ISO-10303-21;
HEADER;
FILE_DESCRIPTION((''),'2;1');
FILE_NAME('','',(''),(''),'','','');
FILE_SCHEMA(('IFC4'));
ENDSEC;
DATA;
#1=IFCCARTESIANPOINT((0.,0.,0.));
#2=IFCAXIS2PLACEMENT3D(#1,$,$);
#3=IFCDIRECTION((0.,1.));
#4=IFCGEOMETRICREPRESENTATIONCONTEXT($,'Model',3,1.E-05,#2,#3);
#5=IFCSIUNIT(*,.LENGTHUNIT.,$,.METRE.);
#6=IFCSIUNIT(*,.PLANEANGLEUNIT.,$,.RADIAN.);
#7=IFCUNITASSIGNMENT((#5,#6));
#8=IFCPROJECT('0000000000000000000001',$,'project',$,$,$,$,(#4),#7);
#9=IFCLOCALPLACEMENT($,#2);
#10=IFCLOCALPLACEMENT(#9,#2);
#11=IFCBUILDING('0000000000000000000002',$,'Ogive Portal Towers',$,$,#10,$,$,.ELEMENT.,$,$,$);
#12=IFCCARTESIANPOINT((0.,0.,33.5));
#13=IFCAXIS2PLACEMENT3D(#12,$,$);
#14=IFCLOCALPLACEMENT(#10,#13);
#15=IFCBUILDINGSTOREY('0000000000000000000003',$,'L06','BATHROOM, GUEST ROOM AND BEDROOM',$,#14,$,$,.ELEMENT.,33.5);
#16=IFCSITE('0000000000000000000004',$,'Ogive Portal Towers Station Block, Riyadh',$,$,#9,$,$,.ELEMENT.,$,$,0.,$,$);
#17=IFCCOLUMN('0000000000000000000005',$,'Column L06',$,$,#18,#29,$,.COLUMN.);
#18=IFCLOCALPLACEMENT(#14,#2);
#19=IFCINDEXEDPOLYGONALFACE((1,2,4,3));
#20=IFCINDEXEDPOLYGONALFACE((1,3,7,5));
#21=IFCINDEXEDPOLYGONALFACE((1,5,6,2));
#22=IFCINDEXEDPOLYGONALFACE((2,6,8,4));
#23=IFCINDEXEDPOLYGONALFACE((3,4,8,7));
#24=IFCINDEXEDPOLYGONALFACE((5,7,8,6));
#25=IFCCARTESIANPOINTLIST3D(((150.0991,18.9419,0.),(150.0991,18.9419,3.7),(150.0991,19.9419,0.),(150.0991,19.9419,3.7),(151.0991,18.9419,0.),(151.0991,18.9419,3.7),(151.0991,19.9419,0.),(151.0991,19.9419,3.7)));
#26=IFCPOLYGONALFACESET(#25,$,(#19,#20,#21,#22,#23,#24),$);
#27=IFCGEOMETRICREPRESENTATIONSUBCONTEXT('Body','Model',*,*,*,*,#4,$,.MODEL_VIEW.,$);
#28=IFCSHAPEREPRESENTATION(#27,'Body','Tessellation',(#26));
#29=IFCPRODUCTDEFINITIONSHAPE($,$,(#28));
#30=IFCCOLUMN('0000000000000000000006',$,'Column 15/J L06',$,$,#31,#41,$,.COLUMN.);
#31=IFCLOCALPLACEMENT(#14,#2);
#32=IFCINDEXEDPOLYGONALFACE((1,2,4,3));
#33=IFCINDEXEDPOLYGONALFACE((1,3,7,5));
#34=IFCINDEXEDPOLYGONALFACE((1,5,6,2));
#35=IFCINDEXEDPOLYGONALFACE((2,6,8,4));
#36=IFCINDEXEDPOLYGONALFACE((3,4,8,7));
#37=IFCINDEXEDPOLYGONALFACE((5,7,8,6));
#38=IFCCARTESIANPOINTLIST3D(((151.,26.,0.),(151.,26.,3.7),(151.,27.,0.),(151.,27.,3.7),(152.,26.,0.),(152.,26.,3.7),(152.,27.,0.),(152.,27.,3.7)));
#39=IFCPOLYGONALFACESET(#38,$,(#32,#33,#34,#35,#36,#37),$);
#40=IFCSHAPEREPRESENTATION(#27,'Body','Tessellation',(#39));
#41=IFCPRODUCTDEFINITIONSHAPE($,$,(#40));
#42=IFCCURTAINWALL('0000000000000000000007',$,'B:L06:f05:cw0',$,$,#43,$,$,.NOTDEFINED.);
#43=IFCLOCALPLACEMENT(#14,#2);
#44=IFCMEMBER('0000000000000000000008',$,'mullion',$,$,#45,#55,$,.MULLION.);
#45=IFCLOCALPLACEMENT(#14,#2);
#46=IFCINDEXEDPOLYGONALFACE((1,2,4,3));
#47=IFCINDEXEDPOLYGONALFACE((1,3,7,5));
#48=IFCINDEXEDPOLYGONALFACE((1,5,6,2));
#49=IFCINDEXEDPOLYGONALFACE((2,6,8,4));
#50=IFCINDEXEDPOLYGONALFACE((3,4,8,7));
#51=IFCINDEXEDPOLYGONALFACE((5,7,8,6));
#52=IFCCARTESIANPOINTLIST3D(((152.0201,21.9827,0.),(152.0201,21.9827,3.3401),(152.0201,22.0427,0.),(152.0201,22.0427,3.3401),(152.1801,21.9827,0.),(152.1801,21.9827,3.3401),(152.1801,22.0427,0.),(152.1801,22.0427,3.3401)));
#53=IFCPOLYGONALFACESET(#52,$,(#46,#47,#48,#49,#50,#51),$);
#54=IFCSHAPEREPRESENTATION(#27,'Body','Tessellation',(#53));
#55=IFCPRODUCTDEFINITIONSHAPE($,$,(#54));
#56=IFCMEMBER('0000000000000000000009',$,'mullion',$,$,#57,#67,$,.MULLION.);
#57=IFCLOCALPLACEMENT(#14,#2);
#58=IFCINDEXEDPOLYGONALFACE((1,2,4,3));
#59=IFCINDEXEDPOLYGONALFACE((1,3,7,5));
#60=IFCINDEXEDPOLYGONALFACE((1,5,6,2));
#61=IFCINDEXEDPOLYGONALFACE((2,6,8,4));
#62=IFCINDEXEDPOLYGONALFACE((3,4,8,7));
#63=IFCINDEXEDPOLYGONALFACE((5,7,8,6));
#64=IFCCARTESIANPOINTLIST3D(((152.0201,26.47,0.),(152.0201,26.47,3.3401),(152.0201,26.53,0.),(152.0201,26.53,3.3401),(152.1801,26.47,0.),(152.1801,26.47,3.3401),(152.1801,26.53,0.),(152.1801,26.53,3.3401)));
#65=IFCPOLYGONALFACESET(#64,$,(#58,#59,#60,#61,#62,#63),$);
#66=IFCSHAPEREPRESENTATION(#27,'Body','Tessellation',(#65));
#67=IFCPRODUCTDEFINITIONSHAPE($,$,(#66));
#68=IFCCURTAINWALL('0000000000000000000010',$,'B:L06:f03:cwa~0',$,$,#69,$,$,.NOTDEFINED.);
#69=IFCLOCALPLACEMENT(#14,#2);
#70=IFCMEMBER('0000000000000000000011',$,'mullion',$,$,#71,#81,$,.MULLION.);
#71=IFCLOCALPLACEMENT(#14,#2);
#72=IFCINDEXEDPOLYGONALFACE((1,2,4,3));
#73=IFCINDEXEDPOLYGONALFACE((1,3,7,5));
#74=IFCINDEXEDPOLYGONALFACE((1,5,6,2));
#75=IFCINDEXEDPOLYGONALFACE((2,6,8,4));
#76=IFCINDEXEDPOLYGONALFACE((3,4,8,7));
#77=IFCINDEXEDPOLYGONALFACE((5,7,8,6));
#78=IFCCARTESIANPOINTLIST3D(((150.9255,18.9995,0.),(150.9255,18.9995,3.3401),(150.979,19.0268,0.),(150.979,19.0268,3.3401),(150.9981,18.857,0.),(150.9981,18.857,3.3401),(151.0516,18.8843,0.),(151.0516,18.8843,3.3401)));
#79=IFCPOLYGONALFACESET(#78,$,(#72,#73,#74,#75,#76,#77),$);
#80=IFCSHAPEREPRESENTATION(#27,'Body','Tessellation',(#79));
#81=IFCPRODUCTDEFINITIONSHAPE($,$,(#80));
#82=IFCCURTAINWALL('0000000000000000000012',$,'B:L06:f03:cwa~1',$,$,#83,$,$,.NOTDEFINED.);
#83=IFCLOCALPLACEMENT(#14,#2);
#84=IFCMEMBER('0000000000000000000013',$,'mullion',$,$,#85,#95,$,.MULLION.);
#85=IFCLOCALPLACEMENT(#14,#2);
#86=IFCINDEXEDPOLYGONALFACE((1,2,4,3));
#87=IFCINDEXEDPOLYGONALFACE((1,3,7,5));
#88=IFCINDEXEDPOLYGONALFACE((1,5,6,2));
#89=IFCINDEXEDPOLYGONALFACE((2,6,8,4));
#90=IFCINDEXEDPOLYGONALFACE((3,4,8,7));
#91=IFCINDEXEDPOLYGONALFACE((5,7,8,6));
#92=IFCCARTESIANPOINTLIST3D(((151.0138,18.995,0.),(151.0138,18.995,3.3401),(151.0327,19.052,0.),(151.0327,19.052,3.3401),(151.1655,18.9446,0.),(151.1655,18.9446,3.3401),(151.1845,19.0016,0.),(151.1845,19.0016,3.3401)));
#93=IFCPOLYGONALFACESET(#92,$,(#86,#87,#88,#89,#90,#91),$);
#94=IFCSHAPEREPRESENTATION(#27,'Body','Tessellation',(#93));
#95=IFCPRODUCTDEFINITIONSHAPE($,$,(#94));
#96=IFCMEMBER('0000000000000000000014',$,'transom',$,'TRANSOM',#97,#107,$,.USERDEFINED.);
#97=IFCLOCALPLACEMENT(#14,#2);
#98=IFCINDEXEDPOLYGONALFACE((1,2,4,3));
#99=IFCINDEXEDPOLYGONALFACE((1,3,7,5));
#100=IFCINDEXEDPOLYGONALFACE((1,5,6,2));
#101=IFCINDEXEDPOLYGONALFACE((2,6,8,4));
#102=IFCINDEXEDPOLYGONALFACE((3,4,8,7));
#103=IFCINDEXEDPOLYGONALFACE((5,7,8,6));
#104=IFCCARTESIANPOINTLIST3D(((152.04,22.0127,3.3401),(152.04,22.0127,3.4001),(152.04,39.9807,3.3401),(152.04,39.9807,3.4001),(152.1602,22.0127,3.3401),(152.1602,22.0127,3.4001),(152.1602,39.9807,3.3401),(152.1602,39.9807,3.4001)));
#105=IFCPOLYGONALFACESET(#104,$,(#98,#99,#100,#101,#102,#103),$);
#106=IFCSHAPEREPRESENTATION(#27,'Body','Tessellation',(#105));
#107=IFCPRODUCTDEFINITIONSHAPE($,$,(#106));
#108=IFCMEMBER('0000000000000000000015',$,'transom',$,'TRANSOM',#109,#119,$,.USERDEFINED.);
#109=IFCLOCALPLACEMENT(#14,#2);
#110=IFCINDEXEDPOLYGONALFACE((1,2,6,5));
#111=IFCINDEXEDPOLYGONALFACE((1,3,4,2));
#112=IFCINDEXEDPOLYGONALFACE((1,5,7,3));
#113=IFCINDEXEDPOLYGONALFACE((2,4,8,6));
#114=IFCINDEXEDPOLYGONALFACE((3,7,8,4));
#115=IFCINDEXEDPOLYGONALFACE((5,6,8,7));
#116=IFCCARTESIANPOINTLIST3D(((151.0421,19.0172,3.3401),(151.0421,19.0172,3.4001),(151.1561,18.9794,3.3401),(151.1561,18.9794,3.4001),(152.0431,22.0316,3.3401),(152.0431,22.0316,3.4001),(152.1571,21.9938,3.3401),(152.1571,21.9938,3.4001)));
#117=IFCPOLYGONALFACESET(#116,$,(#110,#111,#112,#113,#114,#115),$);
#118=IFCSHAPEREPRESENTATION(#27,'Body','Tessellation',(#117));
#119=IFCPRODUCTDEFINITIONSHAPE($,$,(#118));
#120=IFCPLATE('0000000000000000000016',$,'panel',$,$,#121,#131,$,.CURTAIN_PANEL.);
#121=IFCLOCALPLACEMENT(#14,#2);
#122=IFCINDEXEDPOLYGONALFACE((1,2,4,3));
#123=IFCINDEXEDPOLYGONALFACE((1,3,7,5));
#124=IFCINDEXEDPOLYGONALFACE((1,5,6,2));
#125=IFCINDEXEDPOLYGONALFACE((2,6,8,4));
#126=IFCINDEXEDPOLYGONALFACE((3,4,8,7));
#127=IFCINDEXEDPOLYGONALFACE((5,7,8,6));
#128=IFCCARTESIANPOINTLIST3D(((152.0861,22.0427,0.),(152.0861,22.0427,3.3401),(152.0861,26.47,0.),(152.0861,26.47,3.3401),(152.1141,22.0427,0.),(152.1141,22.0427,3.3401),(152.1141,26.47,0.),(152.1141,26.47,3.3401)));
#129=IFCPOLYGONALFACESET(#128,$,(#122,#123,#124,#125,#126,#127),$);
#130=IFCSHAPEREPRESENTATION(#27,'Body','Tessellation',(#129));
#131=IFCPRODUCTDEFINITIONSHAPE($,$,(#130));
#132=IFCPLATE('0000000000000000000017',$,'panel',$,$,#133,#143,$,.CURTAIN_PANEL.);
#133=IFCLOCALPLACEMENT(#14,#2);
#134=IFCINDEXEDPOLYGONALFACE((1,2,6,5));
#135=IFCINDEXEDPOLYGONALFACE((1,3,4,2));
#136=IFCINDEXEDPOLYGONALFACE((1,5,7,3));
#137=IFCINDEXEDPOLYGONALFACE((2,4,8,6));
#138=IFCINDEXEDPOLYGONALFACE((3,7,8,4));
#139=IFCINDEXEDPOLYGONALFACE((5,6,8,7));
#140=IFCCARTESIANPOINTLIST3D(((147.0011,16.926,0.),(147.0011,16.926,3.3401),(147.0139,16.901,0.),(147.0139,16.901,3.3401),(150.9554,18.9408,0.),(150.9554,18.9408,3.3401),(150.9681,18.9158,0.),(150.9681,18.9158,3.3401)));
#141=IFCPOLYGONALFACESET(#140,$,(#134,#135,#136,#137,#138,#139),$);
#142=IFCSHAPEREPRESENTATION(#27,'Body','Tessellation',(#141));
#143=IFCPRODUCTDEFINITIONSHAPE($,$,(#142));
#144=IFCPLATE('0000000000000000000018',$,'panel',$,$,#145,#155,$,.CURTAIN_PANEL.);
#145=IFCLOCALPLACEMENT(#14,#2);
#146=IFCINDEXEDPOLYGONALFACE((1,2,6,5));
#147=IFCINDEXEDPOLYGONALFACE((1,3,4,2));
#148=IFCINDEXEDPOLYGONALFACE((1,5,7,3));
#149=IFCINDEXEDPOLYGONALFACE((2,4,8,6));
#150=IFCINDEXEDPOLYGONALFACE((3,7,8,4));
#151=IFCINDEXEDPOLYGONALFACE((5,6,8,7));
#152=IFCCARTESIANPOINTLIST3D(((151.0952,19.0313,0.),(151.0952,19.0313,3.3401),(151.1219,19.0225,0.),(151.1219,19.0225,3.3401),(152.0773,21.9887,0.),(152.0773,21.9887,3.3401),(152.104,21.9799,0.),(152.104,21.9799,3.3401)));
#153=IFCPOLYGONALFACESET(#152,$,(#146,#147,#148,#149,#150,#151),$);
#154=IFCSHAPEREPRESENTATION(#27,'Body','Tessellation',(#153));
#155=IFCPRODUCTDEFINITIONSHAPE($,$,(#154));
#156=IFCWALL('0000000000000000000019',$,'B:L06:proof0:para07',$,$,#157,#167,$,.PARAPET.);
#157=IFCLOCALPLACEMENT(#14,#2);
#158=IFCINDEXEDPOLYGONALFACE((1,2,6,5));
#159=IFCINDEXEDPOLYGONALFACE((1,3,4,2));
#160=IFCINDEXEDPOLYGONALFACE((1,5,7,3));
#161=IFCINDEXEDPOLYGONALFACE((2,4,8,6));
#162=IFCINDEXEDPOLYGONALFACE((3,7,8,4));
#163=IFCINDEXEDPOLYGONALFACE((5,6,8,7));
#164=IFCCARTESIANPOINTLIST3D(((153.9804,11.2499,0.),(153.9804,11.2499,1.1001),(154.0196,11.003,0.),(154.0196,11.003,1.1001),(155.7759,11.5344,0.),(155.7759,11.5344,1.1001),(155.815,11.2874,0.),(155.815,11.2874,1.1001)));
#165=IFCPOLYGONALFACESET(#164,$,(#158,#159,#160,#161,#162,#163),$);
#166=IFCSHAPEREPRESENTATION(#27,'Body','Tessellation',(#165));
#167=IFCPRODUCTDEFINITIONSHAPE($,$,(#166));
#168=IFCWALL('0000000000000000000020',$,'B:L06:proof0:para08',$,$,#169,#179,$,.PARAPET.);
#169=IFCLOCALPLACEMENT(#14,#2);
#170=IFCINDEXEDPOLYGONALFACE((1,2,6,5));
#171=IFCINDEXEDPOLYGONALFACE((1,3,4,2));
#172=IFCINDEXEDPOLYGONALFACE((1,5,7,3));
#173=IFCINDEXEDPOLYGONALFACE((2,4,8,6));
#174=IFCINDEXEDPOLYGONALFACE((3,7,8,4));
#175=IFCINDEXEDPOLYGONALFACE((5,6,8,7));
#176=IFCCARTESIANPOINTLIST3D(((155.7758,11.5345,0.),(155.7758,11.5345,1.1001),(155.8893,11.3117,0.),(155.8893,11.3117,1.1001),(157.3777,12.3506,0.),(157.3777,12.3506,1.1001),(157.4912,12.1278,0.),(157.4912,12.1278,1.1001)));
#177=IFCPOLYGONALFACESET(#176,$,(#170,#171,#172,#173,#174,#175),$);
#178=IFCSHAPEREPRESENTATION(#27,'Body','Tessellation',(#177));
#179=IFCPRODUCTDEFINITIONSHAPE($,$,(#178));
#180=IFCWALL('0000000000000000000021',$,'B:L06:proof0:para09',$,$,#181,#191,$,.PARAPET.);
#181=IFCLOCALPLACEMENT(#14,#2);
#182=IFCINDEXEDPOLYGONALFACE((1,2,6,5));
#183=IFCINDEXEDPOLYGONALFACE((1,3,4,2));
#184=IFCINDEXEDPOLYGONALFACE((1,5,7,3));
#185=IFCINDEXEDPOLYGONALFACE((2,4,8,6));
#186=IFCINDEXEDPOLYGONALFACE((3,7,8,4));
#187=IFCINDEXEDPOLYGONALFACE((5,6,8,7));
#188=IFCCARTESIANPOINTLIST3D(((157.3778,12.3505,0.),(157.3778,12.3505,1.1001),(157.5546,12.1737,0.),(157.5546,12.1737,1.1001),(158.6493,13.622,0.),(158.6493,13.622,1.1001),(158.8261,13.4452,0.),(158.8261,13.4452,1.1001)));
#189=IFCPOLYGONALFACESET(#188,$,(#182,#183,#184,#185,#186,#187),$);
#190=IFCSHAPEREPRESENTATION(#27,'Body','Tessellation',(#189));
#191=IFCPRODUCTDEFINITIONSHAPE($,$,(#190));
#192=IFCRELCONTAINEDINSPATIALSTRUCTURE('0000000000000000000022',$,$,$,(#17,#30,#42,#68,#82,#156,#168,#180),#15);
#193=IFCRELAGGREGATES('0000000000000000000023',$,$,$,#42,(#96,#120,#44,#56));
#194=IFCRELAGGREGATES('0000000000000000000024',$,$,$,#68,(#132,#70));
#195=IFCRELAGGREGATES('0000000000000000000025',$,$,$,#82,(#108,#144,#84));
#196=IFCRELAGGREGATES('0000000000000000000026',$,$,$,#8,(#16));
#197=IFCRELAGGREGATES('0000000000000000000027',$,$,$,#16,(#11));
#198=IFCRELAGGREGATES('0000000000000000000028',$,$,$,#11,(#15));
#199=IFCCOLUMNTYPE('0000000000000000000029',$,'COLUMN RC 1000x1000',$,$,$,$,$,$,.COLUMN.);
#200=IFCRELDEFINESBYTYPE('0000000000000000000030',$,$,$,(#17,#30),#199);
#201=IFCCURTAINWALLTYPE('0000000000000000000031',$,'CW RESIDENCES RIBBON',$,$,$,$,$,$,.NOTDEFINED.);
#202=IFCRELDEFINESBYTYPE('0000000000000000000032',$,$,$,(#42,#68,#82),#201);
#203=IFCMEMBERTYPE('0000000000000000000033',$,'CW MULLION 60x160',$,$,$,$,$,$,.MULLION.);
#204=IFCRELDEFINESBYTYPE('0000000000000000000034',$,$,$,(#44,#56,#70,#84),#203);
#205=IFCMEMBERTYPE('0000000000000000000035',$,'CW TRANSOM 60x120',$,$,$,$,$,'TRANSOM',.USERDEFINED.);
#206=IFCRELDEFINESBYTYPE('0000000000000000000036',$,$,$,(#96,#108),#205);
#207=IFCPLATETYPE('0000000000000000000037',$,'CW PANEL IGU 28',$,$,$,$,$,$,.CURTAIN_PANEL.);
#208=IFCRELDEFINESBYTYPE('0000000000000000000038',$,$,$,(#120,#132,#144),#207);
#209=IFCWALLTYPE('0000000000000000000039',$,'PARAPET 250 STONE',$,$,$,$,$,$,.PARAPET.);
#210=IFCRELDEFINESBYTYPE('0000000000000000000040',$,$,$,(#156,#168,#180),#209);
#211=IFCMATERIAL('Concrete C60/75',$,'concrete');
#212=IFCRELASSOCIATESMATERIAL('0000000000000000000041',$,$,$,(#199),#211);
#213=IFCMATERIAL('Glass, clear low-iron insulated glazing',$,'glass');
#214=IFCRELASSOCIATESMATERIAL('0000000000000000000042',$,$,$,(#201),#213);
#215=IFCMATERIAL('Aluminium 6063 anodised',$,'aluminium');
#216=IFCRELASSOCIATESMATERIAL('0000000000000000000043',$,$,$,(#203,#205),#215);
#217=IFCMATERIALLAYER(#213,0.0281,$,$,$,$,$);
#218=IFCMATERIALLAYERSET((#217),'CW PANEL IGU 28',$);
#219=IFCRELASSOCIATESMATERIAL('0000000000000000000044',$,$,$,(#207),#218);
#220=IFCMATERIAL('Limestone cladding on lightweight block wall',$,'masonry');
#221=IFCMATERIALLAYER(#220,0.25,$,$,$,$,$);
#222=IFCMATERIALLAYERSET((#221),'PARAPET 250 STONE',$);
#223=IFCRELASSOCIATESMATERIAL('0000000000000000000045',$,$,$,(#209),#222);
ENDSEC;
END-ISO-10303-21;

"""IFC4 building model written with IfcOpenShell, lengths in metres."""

from ifc_helpers import new_model, si_unit, direction, frame, frame_2d, origin, origin_2d, place, context, subcontext, project, spatial, rectangle, extrude, material, layer, layer_set, material_profile, profile_set, type_object, element, aggregate, save


model = new_model("IFC4")

# Units and contexts
model_context = context("Model", 3, precision=1e-05, world=origin(), true_north=direction((0.0, 1.0)))
body_context = subcontext(model_context, "Body", "Model", "MODEL_VIEW")
ifc_project = project(units=[si_unit("LENGTHUNIT", "METRE"), si_unit("PLANEANGLEUNIT", "RADIAN")], contexts=[model_context])

# Site, building, storey
site_placement = place(None, origin())
site = spatial("IfcSite", under=ifc_project, at=site_placement, Name="Ogive Portal Towers Station Block, Riyadh", CompositionType="ELEMENT", RefElevation=0.0)
building_placement = place(site_placement, origin())
building = spatial("IfcBuilding", under=site, at=building_placement, Name="Ogive Portal Towers", CompositionType="ELEMENT")
storey_placement = place(building_placement, frame((0.0, 0.0, 33.5)))
storey = spatial("IfcBuildingStorey", under=building, at=storey_placement, Name="L06", Description="BATHROOM, GUEST ROOM AND BEDROOM", CompositionType="ELEMENT", Elevation=33.5)

# Columns
ifc_material_1 = material(Name="Concrete C60/75", Category="concrete")
ifc_material_profile_1 = material_profile(ifc_material_1, rectangle(XDim=1.0, YDim=1.0, at=origin_2d()), Name="RC 1000x1000")
ifc_profile_set_1 = profile_set([ifc_material_profile_1], Name="Concrete C60/75")
column_type = type_object("IfcColumnType", Name="COLUMN RC 1000x1000", PredefinedType="COLUMN", material=ifc_profile_set_1)
for number, where, z_axis, x_axis, name in (
    (1, (150.5991, 19.4419, 0.0), (0.0, 0.0, 1.0), (1.0, 0.0, 0.0), "Column L06"),
    (2, (151.5, 26.5, 0.0), (0.0, 0.0, 1.0), (1.0, 0.0, 0.0), "Column 15/J L06"),
):
    element("IfcColumn", number, at=place(storey_placement, frame(where, z_axis=z_axis, x_axis=x_axis)), inside=storey, type_object=column_type, Name=name, PredefinedType="COLUMN", context=body_context, shape_type="SweptSolid", body=[
        extrude(rectangle(XDim=1.0, YDim=1.0, at=origin_2d()), origin(), (0.0, 0.0, 1.0), 3.7),
    ])

# Curtain wall, members
ifc_material_2 = material(Name="Glass, clear low-iron insulated glazing", Category="glass")
curtain_wall_type = type_object("IfcCurtainWallType", Name="CW RESIDENCES RIBBON", PredefinedType="NOTDEFINED", material=ifc_material_2)
curtain_wall_1_placement = place(storey_placement, origin())
curtain_wall_1 = element("IfcCurtainWall", 3, at=curtain_wall_1_placement, inside=storey, type_object=curtain_wall_type, Name="B:L06:f05:cw0", PredefinedType="NOTDEFINED")
ifc_material_3 = material(Name="Aluminium 6063 anodised", Category="aluminium")
ifc_material_profile_2 = material_profile(ifc_material_3, rectangle(XDim=0.1599, YDim=0.0601, at=origin_2d()), Name="AL 60x160")
ifc_profile_set_2 = profile_set([ifc_material_profile_2], Name="Aluminium 6063 anodised")
member_type_1 = type_object("IfcMemberType", Name="CW MULLION 60x160", PredefinedType="MULLION", material=ifc_profile_set_2)
member_1_placement = place(storey_placement, frame((152.1001, 22.0127, 0.0), z_axis=(0.0, 0.0, 1.0), x_axis=(-1.0, 0.0, 0.0)))
member_1 = element("IfcMember", 4, at=member_1_placement, type_object=member_type_1, Name="mullion", PredefinedType="MULLION", context=body_context, shape_type="SweptSolid", body=[
    extrude(rectangle(XDim=0.1599, YDim=0.0601, at=origin_2d()), origin(), (0.0, 0.0, 1.0), 3.3401),
])
member_2_placement = place(storey_placement, frame((152.1001, 26.5, 0.0), z_axis=(0.0, 0.0, 1.0), x_axis=(-1.0, 0.0, 0.0)))
member_2 = element("IfcMember", 5, at=member_2_placement, type_object=member_type_1, Name="mullion", PredefinedType="MULLION", context=body_context, shape_type="SweptSolid", body=[
    extrude(rectangle(XDim=0.1599, YDim=0.0601, at=origin_2d()), origin(), (0.0, 0.0, 1.0), 3.3401),
])

# Curtain walls, members
curtain_wall_2_placement = place(storey_placement, origin())
curtain_wall_2 = element("IfcCurtainWall", 6, at=curtain_wall_2_placement, inside=storey, type_object=curtain_wall_type, Name="B:L06:f03:cwa~0", PredefinedType="NOTDEFINED")
member_3_placement = place(storey_placement, frame((150.9885, 18.9419, 0.0), z_axis=(0.0, 0.0, 1.0), x_axis=(-0.45399, 0.891007, 0.0)))
member_3 = element("IfcMember", 7, at=member_3_placement, type_object=member_type_1, Name="mullion", PredefinedType="MULLION", context=body_context, shape_type="SweptSolid", body=[
    extrude(rectangle(XDim=0.1599, YDim=0.0601, at=origin_2d()), origin(), (0.0, 0.0, 1.0), 3.3401),
])
curtain_wall_3_placement = place(storey_placement, origin())
curtain_wall_3 = element("IfcCurtainWall", 8, at=curtain_wall_3_placement, inside=storey, type_object=curtain_wall_type, Name="B:L06:f03:cwa~1", PredefinedType="NOTDEFINED")
member_4_placement = place(storey_placement, frame((151.0991, 18.9983, 0.0), z_axis=(0.0, 0.0, 1.0), x_axis=(-0.94904, 0.315156, 0.0)))
member_4 = element("IfcMember", 9, at=member_4_placement, type_object=member_type_1, Name="mullion", PredefinedType="MULLION", context=body_context, shape_type="SweptSolid", body=[
    extrude(rectangle(XDim=0.1599, YDim=0.0601, at=origin_2d()), origin(), (0.0, 0.0, 1.0), 3.3401),
])

# Members
ifc_material_profile_3 = material_profile(ifc_material_3, rectangle(XDim=0.1201, YDim=0.0601, at=origin_2d()), Name="AL 120x60")
ifc_profile_set_3 = profile_set([ifc_material_profile_3], Name="Aluminium 6063 anodised")
member_type_2 = type_object("IfcMemberType", Name="CW TRANSOM 60x120", ElementType="TRANSOM", PredefinedType="USERDEFINED", material=ifc_profile_set_3)
member_5_placement = place(storey_placement, frame((152.1001, 22.0127, 3.3701), z_axis=(0.0, 1.0, 0.0), x_axis=(-1.0, 0.0, 0.0)))
member_5 = element("IfcMember", 10, at=member_5_placement, type_object=member_type_2, Name="transom", ObjectType="TRANSOM", PredefinedType="USERDEFINED", context=body_context, shape_type="SweptSolid", body=[
    extrude(rectangle(XDim=0.1201, YDim=0.0601, at=origin_2d()), origin(), (0.0, 0.0, 1.0), 17.968),
])
member_6_placement = place(storey_placement, frame((151.0991, 18.9983, 3.3701), z_axis=(0.315144, 0.949044, 0.0), x_axis=(-0.949044, 0.315144, 0.0)))
member_6 = element("IfcMember", 11, at=member_6_placement, type_object=member_type_2, Name="transom", ObjectType="TRANSOM", PredefinedType="USERDEFINED", context=body_context, shape_type="SweptSolid", body=[
    extrude(rectangle(XDim=0.1201, YDim=0.0601, at=origin_2d()), origin(), (0.0, 0.0, 1.0), 3.1763),
])

# Plates
ifc_layer_1 = layer(ifc_material_2, 0.0281)
ifc_layer_set_1 = layer_set([ifc_layer_1], Name="CW PANEL IGU 28")
plate_type = type_object("IfcPlateType", Name="CW PANEL IGU 28", PredefinedType="CURTAIN_PANEL", material=ifc_layer_set_1)
plate_1_placement = place(storey_placement, frame((152.1001, 24.2563, 0.0), z_axis=(0.0, 0.0, 1.0), x_axis=(0.0, 1.0, 0.0)))
plate_1 = element("IfcPlate", 12, at=plate_1_placement, type_object=plate_type, Name="panel", PredefinedType="CURTAIN_PANEL", context=body_context, shape_type="SweptSolid", body=[
    extrude(rectangle(XDim=4.4272, YDim=0.0281, at=origin_2d()), origin(), (0.0, 0.0, 1.0), 3.3401),
])
aggregate(curtain_wall_1, [member_5, plate_1, member_1, member_2])
plate_2_placement = place(storey_placement, frame((148.9846, 17.9209, 0.0), z_axis=(0.0, 0.0, 1.0), x_axis=(0.891007, 0.45399, 0.0)))
plate_2 = element("IfcPlate", 13, at=plate_2_placement, type_object=plate_type, Name="panel", PredefinedType="CURTAIN_PANEL", context=body_context, shape_type="SweptSolid", body=[
    extrude(rectangle(XDim=4.438, YDim=0.0281, at=origin_2d()), origin(), (0.0, 0.0, 1.0), 3.3401),
])
aggregate(curtain_wall_2, [plate_2, member_3])
plate_3_placement = place(storey_placement, frame((151.5996, 20.5056, 0.0), z_axis=(0.0, 0.0, 1.0), x_axis=(0.315156, 0.94904, 0.0)))
plate_3 = element("IfcPlate", 14, at=plate_3_placement, type_object=plate_type, Name="panel", PredefinedType="CURTAIN_PANEL", context=body_context, shape_type="SweptSolid", body=[
    extrude(rectangle(XDim=3.1162, YDim=0.0281, at=origin_2d()), origin(), (0.0, 0.0, 1.0), 3.3401),
])
aggregate(curtain_wall_3, [member_6, plate_3, member_4])

# Walls
ifc_material_4 = material(Name="Limestone cladding on lightweight block wall", Category="masonry")
ifc_layer_2 = layer(ifc_material_4, 0.25)
ifc_layer_set_2 = layer_set([ifc_layer_2], Name="PARAPET 250 STONE")
wall_type_1 = type_object("IfcWallType", Name="PARAPET 250 STONE", PredefinedType="PARAPET", material=ifc_layer_set_2)
wall_1_placement = place(storey_placement, frame((154.0, 11.1265, 0.0), z_axis=(0.0, 0.0, 1.0), x_axis=(0.987683, 0.156466, 0.0)))
element("IfcWall", 15, at=wall_1_placement, inside=storey, type_object=wall_type_1, Name="B:L06:proof0:para07", PredefinedType="PARAPET", context=body_context, shape_type="SweptSolid", body=[
    extrude(rectangle(XDim=1.8179, YDim=0.25, at=frame_2d((0.9089, 0.0))), origin(), (0.0, 0.0, 1.0), 1.1001),
])
wall_2_placement = place(storey_placement, frame((155.8325, 11.4231, 0.0), z_axis=(0.0, 0.0, 1.0), x_axis=(0.891034, 0.453936, 0.0)))
element("IfcWall", 16, at=wall_2_placement, inside=storey, type_object=wall_type_1, Name="B:L06:proof0:para08", PredefinedType="PARAPET", context=body_context, shape_type="SweptSolid", body=[
    extrude(rectangle(XDim=1.7979, YDim=0.25, at=frame_2d((0.8989, 0.0))), origin(), (0.0, 0.0, 1.0), 1.1001),
])
wall_3_placement = place(storey_placement, frame((157.4663, 12.2622, 0.0), z_axis=(0.0, 0.0, 1.0), x_axis=(0.707107, 0.707107, 0.0)))
element("IfcWall", 17, at=wall_3_placement, inside=storey, type_object=wall_type_1, Name="B:L06:proof0:para09", PredefinedType="PARAPET", context=body_context, shape_type="SweptSolid", body=[
    extrude(rectangle(XDim=1.7981, YDim=0.25, at=frame_2d((0.8989, 0.0))), origin(), (0.0, 0.0, 1.0), 1.1001),
])

save(model, "model.ifc")
